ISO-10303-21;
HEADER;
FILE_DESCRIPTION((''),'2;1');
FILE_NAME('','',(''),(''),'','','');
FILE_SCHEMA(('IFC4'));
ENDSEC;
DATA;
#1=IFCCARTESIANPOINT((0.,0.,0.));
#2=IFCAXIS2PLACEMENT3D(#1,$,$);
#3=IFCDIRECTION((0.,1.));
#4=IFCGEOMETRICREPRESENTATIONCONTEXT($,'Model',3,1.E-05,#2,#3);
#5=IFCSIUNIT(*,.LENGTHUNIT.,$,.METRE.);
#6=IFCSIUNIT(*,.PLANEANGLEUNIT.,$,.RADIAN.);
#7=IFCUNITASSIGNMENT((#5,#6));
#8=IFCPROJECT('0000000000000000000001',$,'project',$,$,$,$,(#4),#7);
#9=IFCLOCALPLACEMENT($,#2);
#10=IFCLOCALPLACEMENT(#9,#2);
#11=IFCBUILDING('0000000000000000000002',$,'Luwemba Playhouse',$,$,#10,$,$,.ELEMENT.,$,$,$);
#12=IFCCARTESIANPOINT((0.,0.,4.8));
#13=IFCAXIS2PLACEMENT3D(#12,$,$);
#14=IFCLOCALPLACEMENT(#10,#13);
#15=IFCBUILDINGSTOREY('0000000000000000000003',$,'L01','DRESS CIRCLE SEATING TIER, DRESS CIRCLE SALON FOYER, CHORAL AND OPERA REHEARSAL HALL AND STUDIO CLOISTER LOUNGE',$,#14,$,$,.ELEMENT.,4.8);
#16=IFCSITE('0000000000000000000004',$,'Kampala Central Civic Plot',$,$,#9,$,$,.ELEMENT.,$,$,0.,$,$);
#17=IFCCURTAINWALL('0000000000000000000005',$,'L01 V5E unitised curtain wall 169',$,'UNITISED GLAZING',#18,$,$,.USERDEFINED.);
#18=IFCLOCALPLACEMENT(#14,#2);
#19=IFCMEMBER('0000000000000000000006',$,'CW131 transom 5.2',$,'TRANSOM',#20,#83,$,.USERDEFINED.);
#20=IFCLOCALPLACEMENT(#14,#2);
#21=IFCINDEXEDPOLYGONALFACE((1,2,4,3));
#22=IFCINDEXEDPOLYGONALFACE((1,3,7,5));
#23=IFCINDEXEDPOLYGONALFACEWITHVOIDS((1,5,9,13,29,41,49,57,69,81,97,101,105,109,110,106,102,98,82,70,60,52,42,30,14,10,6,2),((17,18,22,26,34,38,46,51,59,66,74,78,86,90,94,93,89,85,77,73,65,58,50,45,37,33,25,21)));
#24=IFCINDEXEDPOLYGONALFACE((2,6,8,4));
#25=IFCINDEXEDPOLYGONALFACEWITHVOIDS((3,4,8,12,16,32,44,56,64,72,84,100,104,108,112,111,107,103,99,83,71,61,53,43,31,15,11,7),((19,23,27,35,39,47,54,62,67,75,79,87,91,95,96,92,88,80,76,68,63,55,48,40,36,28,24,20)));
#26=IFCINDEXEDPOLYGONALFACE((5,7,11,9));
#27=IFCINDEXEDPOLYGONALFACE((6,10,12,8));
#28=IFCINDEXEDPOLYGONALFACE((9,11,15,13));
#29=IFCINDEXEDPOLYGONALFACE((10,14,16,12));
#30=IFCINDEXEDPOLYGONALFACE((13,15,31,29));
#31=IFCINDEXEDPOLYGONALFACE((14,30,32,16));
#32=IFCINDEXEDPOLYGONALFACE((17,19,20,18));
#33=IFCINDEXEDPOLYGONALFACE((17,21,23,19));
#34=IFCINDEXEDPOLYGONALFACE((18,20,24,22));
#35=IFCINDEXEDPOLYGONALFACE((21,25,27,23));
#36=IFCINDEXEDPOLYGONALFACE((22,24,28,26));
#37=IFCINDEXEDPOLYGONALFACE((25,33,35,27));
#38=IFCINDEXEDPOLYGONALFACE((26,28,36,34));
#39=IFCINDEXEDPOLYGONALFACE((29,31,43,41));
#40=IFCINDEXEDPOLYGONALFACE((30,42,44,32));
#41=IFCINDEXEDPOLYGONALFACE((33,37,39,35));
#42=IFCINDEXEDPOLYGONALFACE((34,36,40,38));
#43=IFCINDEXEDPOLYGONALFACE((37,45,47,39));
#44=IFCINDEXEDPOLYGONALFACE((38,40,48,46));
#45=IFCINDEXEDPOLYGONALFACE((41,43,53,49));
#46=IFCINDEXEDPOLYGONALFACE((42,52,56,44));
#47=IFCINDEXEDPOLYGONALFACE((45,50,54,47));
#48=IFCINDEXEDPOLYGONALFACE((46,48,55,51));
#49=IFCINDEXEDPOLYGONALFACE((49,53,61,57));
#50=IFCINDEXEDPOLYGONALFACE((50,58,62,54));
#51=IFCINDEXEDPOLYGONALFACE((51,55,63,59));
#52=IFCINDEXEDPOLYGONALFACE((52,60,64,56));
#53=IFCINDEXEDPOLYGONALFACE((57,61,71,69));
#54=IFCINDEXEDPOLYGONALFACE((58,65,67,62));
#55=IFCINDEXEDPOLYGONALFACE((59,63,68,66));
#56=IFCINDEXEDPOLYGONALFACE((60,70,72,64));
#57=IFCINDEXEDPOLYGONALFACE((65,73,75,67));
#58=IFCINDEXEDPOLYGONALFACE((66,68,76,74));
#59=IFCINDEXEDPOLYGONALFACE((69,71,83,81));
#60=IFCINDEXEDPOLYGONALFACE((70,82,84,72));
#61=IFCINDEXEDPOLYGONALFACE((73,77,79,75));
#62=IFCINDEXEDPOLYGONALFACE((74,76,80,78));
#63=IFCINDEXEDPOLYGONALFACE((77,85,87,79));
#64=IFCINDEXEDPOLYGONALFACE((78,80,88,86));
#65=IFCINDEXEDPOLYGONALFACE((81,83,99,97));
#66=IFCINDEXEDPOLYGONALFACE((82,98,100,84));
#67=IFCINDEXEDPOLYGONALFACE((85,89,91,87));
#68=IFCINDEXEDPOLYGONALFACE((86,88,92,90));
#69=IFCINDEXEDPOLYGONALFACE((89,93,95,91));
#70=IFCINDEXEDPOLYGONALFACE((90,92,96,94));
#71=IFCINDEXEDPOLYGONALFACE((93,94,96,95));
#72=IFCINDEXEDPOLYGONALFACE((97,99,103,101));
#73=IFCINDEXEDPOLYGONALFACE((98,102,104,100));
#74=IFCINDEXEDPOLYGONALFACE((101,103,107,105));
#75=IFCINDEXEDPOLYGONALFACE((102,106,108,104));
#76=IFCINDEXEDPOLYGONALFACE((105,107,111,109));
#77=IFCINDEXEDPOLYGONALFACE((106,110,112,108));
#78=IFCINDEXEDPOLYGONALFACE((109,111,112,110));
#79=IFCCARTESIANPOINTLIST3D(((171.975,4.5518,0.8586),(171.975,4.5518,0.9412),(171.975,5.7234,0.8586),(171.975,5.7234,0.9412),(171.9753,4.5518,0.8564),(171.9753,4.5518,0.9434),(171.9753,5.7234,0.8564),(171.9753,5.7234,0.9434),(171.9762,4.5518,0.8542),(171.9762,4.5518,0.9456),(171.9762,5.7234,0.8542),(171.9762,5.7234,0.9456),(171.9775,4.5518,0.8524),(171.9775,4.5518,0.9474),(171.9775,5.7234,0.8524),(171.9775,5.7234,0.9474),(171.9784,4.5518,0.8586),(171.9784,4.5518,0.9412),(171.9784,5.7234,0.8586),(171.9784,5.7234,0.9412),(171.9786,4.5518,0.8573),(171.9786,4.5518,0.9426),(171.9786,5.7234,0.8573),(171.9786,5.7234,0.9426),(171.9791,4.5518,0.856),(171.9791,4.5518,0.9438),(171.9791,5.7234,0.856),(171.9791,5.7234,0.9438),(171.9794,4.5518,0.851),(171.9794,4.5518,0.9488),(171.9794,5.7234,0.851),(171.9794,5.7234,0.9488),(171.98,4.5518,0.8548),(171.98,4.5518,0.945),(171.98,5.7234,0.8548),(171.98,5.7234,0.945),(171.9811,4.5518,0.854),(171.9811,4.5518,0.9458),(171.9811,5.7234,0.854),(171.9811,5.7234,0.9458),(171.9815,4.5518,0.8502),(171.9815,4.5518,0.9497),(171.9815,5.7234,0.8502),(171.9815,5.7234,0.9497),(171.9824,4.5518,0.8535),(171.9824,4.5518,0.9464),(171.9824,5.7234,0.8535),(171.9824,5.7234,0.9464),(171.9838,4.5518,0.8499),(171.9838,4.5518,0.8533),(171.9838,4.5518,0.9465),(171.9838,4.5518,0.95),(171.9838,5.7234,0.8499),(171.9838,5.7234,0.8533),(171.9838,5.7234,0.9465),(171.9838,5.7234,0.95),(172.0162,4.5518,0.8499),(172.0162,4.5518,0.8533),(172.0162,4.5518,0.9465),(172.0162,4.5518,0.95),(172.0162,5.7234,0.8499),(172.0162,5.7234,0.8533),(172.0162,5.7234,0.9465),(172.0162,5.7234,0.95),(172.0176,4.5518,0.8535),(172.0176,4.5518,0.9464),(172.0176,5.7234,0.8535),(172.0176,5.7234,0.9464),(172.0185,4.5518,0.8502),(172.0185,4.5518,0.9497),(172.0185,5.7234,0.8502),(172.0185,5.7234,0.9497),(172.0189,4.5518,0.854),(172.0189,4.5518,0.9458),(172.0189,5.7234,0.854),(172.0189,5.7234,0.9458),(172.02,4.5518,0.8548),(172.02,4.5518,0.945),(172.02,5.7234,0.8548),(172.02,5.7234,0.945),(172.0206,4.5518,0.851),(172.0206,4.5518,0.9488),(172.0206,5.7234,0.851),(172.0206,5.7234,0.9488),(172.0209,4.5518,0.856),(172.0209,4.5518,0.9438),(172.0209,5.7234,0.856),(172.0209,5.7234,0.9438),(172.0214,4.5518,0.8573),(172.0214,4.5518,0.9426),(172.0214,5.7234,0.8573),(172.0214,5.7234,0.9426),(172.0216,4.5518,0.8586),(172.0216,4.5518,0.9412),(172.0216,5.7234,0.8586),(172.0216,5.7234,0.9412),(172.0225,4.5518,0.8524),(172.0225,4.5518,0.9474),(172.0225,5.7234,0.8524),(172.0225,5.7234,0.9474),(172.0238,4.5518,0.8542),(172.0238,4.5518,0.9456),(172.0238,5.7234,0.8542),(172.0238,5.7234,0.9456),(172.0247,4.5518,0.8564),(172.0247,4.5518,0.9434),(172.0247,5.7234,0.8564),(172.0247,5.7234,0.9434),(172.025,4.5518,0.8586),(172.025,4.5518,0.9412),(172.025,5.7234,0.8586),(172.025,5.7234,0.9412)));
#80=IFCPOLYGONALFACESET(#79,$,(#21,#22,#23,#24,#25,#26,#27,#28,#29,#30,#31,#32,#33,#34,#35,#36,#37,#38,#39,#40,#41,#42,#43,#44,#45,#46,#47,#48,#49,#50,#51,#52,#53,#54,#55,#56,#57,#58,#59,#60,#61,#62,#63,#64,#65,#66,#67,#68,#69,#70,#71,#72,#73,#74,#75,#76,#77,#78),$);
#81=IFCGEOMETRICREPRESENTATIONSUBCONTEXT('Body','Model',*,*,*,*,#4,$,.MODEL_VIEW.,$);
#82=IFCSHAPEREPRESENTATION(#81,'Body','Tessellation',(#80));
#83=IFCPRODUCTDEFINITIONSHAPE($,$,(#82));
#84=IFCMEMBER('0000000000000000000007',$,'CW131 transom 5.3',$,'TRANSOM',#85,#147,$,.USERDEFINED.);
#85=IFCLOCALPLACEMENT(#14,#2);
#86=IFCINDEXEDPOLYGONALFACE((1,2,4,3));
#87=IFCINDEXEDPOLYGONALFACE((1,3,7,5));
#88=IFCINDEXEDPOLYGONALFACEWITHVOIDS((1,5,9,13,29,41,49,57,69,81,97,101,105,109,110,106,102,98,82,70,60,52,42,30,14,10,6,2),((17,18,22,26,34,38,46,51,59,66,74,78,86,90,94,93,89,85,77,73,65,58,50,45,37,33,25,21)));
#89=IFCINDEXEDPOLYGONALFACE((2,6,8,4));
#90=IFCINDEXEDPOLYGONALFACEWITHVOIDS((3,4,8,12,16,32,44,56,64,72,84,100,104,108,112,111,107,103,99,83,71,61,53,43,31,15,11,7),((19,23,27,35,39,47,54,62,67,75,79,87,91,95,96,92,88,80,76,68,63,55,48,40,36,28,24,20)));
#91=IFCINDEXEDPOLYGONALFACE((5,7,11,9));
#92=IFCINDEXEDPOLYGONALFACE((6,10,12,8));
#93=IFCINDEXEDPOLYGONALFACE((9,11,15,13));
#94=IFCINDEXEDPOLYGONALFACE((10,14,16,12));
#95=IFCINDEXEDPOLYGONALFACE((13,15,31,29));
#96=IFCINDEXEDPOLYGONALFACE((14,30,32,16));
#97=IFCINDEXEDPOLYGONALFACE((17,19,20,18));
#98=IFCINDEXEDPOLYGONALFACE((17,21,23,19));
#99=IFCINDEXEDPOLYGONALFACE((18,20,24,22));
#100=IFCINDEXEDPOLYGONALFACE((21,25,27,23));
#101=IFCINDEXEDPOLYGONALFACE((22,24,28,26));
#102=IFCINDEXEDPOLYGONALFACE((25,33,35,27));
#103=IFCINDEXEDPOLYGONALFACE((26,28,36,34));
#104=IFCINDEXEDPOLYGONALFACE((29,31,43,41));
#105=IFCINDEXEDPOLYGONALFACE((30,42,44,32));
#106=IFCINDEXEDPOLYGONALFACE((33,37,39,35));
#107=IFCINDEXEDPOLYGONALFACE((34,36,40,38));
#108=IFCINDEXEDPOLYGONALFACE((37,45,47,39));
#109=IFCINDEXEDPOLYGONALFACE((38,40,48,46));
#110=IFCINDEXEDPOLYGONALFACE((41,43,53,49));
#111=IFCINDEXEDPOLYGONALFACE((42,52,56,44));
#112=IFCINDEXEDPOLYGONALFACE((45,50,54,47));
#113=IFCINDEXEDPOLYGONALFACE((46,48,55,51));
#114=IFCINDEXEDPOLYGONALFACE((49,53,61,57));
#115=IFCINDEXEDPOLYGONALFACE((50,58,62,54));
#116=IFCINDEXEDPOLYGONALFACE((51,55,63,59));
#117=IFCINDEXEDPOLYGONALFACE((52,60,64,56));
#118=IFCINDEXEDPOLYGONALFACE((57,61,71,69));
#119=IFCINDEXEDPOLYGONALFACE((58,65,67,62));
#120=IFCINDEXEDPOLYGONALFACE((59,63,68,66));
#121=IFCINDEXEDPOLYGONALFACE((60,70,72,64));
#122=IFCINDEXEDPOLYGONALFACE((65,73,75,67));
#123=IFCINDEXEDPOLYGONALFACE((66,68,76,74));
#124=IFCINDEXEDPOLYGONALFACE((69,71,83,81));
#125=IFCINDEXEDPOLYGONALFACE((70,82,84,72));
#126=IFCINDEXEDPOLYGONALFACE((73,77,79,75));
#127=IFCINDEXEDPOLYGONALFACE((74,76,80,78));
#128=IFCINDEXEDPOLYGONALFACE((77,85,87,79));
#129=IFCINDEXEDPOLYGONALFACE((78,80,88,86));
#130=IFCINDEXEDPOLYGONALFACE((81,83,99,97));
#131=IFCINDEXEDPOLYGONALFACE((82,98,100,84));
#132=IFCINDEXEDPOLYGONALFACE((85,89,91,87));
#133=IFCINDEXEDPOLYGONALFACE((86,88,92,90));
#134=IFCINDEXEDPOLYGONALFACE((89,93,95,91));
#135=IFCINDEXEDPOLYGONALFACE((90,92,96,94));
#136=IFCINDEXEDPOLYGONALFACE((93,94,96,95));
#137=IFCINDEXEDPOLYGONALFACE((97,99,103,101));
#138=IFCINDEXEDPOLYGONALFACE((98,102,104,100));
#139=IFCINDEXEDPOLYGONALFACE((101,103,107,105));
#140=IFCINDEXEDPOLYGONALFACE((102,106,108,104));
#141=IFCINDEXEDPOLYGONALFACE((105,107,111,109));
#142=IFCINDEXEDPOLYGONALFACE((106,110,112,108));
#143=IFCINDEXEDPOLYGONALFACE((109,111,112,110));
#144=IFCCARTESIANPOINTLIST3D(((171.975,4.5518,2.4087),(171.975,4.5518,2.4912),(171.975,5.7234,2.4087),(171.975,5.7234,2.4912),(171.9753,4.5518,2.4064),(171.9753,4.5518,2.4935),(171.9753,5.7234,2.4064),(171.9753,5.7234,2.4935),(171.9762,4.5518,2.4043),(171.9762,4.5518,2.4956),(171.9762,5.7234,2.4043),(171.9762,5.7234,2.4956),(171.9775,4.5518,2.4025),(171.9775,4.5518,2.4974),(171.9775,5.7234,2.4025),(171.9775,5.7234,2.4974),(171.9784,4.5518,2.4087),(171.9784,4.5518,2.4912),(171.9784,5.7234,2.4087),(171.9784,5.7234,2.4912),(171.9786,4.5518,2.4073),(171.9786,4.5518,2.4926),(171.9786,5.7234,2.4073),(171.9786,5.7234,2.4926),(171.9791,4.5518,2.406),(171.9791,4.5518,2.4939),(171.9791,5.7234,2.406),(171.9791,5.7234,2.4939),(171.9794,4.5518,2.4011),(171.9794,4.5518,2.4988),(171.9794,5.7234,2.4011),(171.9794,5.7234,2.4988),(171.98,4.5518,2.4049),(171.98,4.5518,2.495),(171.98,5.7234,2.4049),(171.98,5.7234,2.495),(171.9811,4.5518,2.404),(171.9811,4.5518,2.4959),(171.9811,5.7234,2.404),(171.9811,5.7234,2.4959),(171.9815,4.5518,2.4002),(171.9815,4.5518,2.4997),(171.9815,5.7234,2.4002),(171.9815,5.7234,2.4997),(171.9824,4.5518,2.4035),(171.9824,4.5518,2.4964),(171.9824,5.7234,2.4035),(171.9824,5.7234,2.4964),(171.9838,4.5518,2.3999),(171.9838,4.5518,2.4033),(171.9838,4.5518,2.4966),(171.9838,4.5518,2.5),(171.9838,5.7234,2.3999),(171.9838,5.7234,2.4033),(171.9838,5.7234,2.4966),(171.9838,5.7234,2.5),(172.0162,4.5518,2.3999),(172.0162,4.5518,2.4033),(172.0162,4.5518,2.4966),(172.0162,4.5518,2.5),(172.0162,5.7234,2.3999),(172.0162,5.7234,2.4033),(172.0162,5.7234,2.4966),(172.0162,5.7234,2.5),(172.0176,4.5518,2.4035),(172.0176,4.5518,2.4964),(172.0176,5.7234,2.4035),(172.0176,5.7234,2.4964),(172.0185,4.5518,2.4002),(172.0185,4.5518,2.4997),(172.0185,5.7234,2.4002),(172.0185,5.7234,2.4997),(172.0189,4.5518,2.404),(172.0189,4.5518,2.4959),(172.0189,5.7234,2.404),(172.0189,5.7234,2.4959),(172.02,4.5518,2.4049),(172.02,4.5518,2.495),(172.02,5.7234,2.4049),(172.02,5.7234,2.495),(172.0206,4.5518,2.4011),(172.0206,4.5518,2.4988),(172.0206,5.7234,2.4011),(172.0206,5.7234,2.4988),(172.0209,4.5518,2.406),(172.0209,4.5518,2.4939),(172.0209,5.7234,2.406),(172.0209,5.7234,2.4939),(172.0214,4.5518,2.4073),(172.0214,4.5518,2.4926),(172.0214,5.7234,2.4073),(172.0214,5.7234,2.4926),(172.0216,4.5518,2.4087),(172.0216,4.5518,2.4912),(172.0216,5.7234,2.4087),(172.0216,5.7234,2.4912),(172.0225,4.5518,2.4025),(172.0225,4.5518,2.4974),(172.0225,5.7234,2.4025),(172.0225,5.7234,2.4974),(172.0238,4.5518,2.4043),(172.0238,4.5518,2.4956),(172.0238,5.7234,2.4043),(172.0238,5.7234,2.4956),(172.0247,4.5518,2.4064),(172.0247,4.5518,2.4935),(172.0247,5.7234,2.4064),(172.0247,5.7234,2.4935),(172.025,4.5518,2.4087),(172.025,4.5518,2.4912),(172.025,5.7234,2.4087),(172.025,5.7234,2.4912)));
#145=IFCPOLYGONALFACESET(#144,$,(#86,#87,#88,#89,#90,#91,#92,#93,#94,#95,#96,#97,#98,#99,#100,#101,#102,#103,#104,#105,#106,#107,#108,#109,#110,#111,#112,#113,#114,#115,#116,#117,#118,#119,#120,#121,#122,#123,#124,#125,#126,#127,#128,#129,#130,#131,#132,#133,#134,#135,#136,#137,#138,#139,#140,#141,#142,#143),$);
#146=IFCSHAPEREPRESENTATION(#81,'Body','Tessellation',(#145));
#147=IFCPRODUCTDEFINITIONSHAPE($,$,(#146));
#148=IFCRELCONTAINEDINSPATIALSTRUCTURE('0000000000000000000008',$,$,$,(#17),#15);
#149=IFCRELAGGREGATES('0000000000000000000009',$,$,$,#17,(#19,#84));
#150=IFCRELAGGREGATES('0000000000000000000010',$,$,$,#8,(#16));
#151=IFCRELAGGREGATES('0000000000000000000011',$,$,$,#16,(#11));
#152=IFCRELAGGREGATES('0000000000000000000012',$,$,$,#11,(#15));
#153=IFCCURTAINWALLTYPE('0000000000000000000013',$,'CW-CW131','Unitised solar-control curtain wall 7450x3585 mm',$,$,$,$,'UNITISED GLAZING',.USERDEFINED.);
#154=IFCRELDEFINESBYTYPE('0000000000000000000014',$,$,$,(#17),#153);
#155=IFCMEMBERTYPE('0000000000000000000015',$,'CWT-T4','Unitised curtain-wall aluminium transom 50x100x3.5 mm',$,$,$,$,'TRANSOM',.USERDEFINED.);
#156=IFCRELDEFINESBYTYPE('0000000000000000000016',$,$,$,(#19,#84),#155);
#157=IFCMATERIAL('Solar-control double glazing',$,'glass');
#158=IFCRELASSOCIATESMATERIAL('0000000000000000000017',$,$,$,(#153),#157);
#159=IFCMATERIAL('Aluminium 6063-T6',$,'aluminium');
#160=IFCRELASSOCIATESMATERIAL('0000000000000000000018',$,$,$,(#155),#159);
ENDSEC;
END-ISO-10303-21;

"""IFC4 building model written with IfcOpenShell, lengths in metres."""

from ifc_helpers import new_model, si_unit, direction, frame, origin, origin_2d, place, context, subcontext, project, spatial, hollow_rectangle, extrude, material, material_profile, profile_set, type_object, element, aggregate, save


model = new_model("IFC4")

# Units and contexts
model_context = context("Model", 3, precision=1e-05, world=origin(), true_north=direction((0.0, 1.0)))
body_context = subcontext(model_context, "Body", "Model", "MODEL_VIEW")
ifc_project = project(units=[si_unit("LENGTHUNIT", "METRE"), si_unit("PLANEANGLEUNIT", "RADIAN")], contexts=[model_context])

# Site, building, storey
site_placement = place(None, origin())
site = spatial("IfcSite", under=ifc_project, at=site_placement, Name="Kampala Central Civic Plot", CompositionType="ELEMENT", RefElevation=0.0)
building_placement = place(site_placement, origin())
building = spatial("IfcBuilding", under=site, at=building_placement, Name="Luwemba Playhouse", CompositionType="ELEMENT")
storey_placement = place(building_placement, frame((0.0, 0.0, 4.8)))
storey = spatial("IfcBuildingStorey", under=building, at=storey_placement, Name="L01", Description="DRESS CIRCLE SEATING TIER, DRESS CIRCLE SALON FOYER, CHORAL AND OPERA REHEARSAL HALL AND STUDIO CLOISTER LOUNGE", CompositionType="ELEMENT", Elevation=4.8)

# Curtain wall, members
ifc_material_1 = material(Name="Solar-control double glazing", Category="glass")
curtain_wall_type = type_object("IfcCurtainWallType", Name="CW-CW131", Description="Unitised solar-control curtain wall 7450x3585 mm", ElementType="UNITISED GLAZING", PredefinedType="USERDEFINED", material=ifc_material_1)
curtain_wall_placement = place(storey_placement, origin())
curtain_wall = element("IfcCurtainWall", 1, at=curtain_wall_placement, inside=storey, type_object=curtain_wall_type, Name="L01 V5E unitised curtain wall 169", ObjectType="UNITISED GLAZING", PredefinedType="USERDEFINED")
ifc_material_2 = material(Name="Aluminium 6063-T6", Category="aluminium")
ifc_material_profile_1 = material_profile(ifc_material_2, hollow_rectangle(XDim=0.05, YDim=0.1001, WallThickness=0.0034, InnerFilletRadius=0.0054, OuterFilletRadius=0.0088, at=origin_2d()))
ifc_profile_set_1 = profile_set([ifc_material_profile_1], Name="Aluminium 6063-T6")
member_type_1 = type_object("IfcMemberType", Name="CWT-T4", Description="Unitised curtain-wall aluminium transom 50x100x3.5 mm", ElementType="TRANSOM", PredefinedType="USERDEFINED", material=ifc_profile_set_1)
member_1_placement = place(storey_placement, frame((172.0, 5.7234, 0.8999), z_axis=(0.0, -1.0, 0.0), x_axis=(1.0, 0.0, 0.0)))
member_1 = element("IfcMember", 2, at=member_1_placement, type_object=member_type_1, Name="CW131 transom 5.2", ObjectType="TRANSOM", PredefinedType="USERDEFINED", context=body_context, shape_type="SweptSolid", body=[
    extrude(hollow_rectangle(XDim=0.05, YDim=0.1001, WallThickness=0.0034, InnerFilletRadius=0.0054, OuterFilletRadius=0.0088, at=origin_2d()), origin(), (0.0, 0.0, 1.0), 1.1716),
])
member_2_placement = place(storey_placement, frame((172.0, 5.7234, 2.45), z_axis=(0.0, -1.0, 0.0), x_axis=(1.0, 0.0, 0.0)))
member_2 = element("IfcMember", 3, at=member_2_placement, type_object=member_type_1, Name="CW131 transom 5.3", ObjectType="TRANSOM", PredefinedType="USERDEFINED", context=body_context, shape_type="SweptSolid", body=[
    extrude(hollow_rectangle(XDim=0.05, YDim=0.1001, WallThickness=0.0034, InnerFilletRadius=0.0054, OuterFilletRadius=0.0088, at=origin_2d()), origin(), (0.0, 0.0, 1.0), 1.1716),
])
aggregate(curtain_wall, [member_1, member_2])

save(model, "model.ifc")
